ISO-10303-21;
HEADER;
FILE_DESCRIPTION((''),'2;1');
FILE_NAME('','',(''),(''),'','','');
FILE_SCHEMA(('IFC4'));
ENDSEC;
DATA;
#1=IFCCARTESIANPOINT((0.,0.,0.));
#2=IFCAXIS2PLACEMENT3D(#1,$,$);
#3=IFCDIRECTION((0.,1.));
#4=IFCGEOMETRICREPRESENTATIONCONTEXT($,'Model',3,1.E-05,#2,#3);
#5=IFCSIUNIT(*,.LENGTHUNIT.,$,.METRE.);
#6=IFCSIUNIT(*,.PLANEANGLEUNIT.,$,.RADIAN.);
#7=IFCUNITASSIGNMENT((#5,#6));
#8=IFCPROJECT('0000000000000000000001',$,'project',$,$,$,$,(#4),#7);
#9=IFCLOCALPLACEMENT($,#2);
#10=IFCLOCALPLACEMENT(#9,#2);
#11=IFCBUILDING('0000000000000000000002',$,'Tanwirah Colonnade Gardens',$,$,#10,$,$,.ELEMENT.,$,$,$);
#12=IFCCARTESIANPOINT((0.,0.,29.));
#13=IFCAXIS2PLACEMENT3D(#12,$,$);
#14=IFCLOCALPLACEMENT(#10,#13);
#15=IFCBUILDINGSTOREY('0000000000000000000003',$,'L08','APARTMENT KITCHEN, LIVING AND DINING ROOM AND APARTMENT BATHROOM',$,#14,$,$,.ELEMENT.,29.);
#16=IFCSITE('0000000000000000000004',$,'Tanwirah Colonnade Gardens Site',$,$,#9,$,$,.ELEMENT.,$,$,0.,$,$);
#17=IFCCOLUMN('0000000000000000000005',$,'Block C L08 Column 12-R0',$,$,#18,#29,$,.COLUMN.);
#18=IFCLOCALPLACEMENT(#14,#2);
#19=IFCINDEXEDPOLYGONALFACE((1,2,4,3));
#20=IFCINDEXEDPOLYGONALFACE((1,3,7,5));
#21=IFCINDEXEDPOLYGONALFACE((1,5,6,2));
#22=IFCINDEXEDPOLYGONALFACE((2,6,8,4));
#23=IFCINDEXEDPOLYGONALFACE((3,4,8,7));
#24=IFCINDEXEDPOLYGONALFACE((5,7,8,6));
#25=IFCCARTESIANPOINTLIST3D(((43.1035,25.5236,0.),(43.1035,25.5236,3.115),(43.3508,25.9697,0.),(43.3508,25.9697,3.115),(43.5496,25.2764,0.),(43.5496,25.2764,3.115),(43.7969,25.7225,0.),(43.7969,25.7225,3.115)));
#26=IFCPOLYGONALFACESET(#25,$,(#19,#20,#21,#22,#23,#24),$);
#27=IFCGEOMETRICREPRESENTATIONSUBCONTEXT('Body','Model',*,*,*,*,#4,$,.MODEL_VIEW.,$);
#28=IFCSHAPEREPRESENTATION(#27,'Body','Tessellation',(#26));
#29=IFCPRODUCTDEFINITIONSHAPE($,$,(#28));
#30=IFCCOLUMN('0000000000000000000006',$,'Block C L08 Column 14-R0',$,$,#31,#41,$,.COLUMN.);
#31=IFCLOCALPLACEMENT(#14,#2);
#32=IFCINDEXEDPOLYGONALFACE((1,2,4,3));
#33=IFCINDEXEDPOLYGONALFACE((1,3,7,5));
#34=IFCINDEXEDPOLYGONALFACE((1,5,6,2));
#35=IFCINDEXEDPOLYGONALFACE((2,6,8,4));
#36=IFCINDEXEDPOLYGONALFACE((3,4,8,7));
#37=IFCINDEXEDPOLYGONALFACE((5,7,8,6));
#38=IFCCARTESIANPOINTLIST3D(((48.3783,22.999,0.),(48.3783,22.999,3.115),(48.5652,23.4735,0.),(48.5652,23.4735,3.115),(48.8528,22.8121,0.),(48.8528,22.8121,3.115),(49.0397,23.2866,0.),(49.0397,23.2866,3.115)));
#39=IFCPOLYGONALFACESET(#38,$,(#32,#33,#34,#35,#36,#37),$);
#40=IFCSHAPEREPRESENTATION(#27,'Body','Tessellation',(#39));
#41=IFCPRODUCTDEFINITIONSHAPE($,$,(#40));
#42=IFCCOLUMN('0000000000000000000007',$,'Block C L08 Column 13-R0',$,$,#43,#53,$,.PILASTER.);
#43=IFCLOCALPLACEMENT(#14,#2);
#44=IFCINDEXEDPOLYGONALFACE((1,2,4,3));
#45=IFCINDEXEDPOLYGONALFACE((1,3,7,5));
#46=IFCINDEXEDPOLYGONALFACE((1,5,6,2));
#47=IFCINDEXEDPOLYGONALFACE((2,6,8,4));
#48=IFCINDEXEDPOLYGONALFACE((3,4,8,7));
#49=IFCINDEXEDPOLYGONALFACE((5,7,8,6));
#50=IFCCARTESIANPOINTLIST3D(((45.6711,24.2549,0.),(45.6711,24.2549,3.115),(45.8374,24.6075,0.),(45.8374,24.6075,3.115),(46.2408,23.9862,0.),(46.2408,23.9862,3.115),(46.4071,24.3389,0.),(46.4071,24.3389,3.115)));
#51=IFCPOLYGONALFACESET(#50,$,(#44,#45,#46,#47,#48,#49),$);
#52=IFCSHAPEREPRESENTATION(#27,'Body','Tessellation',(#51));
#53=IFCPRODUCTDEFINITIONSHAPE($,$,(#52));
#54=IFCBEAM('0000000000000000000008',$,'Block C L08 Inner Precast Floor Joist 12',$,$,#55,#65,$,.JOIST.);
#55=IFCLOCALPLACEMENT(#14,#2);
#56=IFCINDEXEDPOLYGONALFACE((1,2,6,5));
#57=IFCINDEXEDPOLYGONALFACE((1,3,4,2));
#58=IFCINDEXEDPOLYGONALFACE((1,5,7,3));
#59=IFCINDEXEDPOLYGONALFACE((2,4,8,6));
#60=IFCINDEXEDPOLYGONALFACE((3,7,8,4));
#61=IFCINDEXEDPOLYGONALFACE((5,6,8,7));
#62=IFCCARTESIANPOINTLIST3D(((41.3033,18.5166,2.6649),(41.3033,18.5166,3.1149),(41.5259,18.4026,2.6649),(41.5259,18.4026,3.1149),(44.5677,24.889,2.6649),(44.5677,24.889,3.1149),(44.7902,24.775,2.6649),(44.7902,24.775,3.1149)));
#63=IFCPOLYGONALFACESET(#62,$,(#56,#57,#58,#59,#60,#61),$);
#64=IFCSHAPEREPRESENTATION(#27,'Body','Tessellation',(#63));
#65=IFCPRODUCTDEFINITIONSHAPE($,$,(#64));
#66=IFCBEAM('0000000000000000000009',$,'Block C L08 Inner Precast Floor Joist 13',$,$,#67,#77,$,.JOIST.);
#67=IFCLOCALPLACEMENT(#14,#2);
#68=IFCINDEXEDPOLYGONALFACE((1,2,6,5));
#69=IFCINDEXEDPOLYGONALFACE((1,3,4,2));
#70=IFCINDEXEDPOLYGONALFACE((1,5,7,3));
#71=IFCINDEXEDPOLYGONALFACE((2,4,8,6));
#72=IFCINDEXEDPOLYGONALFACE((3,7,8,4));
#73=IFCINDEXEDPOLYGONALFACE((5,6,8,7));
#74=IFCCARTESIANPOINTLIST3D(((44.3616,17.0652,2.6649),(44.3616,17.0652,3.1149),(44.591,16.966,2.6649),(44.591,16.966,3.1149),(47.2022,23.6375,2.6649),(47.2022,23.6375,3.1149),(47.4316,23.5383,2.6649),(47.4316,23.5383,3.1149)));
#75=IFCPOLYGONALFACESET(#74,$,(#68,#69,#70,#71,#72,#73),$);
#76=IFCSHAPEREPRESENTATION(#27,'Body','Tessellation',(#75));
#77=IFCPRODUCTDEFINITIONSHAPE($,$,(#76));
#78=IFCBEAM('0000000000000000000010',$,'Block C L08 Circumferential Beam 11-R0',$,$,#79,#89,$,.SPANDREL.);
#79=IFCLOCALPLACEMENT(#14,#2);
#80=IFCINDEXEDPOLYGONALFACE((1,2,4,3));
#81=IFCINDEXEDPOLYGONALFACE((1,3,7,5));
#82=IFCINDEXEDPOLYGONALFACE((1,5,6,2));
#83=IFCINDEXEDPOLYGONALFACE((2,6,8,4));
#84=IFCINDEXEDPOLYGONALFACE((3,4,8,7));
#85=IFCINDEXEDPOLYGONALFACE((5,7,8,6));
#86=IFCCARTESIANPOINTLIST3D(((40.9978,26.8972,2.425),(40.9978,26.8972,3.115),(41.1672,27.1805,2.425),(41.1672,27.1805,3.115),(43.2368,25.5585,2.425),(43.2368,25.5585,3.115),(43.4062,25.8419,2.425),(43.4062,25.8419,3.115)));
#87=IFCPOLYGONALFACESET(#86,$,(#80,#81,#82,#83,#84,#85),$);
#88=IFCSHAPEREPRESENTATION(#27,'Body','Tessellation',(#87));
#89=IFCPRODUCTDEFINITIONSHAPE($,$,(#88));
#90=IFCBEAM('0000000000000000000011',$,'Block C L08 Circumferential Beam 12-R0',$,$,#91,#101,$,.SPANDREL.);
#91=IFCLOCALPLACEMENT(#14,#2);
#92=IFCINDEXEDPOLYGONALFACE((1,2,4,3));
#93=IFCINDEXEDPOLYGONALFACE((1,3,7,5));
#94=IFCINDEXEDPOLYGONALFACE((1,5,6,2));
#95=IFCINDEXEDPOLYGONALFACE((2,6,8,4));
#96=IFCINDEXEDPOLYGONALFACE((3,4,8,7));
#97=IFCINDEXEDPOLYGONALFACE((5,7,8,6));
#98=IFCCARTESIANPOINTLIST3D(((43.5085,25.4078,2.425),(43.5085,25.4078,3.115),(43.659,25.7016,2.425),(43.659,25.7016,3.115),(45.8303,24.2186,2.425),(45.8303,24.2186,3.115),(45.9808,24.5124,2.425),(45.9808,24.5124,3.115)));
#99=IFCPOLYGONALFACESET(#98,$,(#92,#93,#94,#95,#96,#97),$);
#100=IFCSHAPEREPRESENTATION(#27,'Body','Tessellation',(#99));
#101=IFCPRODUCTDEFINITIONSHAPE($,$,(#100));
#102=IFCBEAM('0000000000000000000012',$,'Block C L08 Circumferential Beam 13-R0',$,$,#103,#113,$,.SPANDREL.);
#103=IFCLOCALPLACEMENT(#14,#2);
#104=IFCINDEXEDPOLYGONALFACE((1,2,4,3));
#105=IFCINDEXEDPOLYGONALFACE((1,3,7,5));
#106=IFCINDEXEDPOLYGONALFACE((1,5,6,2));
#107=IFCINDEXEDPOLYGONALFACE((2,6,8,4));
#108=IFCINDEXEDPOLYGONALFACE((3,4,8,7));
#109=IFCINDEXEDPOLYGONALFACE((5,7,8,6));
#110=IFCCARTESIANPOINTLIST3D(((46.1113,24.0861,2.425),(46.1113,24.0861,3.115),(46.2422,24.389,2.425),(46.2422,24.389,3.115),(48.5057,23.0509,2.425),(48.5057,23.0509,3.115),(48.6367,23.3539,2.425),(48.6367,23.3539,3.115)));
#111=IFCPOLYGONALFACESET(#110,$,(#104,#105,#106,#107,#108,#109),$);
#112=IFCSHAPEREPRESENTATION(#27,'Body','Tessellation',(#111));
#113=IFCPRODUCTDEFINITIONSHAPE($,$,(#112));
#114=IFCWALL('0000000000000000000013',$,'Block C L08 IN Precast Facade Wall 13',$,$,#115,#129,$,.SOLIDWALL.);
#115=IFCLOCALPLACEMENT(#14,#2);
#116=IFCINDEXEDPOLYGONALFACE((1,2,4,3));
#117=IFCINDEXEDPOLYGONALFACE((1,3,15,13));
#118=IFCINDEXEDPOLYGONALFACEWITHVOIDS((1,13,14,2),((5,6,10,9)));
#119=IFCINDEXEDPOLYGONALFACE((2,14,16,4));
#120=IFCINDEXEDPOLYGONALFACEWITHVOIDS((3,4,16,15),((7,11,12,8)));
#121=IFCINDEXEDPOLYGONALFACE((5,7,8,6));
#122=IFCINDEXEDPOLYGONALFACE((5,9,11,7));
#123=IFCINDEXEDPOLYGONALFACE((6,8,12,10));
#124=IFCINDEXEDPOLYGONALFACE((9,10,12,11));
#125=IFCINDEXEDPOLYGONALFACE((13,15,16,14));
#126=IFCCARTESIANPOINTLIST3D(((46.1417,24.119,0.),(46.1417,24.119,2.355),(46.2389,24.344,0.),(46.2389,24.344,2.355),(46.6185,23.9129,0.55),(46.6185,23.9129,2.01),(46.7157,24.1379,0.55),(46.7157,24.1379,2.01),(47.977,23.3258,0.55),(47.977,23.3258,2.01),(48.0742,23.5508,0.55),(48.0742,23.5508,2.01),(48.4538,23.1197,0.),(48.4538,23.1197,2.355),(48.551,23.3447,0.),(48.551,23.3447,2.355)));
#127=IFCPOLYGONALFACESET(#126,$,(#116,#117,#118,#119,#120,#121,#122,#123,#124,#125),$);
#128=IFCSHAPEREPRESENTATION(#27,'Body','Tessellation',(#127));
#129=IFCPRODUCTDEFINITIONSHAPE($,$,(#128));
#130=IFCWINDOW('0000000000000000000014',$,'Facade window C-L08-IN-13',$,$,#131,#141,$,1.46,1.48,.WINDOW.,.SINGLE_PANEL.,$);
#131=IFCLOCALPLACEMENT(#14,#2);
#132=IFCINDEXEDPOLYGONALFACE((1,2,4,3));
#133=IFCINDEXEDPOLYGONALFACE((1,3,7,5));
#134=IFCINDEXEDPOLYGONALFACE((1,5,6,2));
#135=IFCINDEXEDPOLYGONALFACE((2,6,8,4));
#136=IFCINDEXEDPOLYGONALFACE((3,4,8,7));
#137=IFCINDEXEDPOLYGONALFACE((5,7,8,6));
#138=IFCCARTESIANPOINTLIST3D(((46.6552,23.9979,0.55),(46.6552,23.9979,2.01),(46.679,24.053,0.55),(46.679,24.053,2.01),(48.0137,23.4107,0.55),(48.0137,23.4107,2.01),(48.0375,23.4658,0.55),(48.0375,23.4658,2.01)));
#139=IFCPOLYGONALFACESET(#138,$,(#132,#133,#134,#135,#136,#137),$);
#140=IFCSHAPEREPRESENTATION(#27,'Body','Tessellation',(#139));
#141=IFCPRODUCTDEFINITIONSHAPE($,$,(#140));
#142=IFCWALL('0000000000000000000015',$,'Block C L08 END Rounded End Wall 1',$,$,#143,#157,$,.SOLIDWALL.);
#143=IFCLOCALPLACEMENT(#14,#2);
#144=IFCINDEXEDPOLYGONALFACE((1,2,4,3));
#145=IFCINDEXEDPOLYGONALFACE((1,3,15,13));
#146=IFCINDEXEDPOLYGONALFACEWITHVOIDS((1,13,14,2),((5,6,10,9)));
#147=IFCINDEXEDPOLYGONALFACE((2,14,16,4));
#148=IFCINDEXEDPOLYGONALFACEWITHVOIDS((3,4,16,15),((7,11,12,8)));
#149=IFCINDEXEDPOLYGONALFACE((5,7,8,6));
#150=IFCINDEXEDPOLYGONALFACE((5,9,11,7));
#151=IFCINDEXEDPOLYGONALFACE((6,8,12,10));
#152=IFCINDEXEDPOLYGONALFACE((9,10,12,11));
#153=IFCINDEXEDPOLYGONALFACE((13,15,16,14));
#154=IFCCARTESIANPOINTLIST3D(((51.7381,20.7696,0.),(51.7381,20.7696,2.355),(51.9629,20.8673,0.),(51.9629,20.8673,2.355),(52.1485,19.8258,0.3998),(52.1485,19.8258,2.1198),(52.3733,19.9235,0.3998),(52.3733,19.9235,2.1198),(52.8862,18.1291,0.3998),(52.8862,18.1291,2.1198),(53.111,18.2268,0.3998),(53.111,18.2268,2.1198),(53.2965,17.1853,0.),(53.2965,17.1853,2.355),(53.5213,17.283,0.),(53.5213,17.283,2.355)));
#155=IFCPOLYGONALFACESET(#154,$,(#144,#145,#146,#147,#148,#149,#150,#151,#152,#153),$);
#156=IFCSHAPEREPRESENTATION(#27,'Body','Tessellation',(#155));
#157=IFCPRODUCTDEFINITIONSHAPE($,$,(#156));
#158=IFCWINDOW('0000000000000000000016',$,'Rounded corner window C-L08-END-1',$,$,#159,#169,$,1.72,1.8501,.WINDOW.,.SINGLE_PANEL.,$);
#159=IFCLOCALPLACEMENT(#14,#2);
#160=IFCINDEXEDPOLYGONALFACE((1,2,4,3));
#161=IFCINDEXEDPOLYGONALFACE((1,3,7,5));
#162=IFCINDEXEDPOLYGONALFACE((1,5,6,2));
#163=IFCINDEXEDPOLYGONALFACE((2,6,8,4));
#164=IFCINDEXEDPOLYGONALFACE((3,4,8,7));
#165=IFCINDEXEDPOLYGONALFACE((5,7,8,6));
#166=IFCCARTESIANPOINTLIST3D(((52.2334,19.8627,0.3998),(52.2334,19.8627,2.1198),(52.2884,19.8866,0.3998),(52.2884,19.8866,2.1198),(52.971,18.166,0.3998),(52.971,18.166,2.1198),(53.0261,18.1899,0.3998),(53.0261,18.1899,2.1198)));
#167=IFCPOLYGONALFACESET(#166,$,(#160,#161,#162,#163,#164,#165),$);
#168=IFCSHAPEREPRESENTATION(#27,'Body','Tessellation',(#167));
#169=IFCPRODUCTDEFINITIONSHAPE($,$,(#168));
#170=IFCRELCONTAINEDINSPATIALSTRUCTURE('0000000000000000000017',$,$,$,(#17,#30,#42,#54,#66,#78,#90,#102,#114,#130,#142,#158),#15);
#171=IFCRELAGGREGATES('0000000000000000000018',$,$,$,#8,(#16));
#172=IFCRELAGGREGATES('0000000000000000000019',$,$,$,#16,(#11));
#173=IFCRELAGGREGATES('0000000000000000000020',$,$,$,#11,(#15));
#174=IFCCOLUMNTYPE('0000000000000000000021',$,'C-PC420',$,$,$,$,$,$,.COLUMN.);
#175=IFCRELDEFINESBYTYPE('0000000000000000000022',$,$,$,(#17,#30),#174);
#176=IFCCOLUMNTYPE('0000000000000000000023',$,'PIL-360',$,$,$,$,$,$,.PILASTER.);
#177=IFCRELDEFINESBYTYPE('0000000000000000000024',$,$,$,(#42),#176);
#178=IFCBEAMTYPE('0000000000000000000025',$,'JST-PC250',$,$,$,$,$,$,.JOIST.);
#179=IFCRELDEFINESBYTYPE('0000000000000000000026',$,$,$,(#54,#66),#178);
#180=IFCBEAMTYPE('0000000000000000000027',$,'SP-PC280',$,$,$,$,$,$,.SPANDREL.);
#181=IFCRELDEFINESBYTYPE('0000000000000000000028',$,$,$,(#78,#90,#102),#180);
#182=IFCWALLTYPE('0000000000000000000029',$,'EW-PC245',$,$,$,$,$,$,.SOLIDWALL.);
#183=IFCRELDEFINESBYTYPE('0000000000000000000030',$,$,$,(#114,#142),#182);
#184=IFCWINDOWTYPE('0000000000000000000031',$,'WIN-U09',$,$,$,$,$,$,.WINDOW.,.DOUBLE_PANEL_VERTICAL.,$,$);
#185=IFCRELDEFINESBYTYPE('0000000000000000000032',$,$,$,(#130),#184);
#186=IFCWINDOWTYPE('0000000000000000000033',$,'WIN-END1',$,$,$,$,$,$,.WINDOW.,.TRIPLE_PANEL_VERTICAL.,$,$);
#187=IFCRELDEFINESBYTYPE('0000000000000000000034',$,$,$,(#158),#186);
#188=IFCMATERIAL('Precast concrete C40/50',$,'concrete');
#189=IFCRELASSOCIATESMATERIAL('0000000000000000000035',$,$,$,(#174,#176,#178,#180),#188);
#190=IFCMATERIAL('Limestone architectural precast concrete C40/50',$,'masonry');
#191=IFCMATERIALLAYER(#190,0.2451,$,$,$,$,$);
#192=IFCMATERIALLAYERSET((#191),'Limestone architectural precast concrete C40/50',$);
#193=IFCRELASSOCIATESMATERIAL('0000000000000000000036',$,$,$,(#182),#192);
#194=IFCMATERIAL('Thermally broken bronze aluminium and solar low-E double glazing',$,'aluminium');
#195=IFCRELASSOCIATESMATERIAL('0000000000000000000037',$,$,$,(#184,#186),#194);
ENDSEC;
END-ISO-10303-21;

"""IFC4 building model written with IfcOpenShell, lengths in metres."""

from ifc_helpers import new_model, si_unit, direction, frame, frame_2d, origin, origin_2d, place, context, subcontext, project, spatial, rectangle, extrude, material, layer, layer_set, material_profile, profile_set, type_object, element, fill, save


model = new_model("IFC4")

# Units and contexts
model_context = context("Model", 3, precision=1e-05, world=origin(), true_north=direction((0.0, 1.0)))
body_context = subcontext(model_context, "Body", "Model", "MODEL_VIEW")
ifc_project = project(units=[si_unit("LENGTHUNIT", "METRE"), si_unit("PLANEANGLEUNIT", "RADIAN")], contexts=[model_context])

# Site, building, storey
site_placement = place(None, origin())
site = spatial("IfcSite", under=ifc_project, at=site_placement, Name="Tanwirah Colonnade Gardens Site", CompositionType="ELEMENT", RefElevation=0.0)
building_placement = place(site_placement, origin())
building = spatial("IfcBuilding", under=site, at=building_placement, Name="Tanwirah Colonnade Gardens", CompositionType="ELEMENT")
storey_placement = place(building_placement, frame((0.0, 0.0, 29.0)))
storey = spatial("IfcBuildingStorey", under=building, at=storey_placement, Name="L08", Description="APARTMENT KITCHEN, LIVING AND DINING ROOM AND APARTMENT BATHROOM", CompositionType="ELEMENT", Elevation=29.0)

# Columns
ifc_material_1 = material(Name="Precast concrete C40/50", Category="concrete")
ifc_material_profile_1 = material_profile(ifc_material_1, rectangle(XDim=0.51, YDim=0.51, at=origin_2d()), Name="PC-COL 510x510")
ifc_profile_set_1 = profile_set([ifc_material_profile_1], Name="Precast concrete C40/50")
column_type_1 = type_object("IfcColumnType", Name="C-PC420", PredefinedType="COLUMN", material=ifc_profile_set_1)
for number, where, z_axis, x_axis, name in (
    (1, (43.4502, 25.623, 0.0), (0.0, 0.0, 1.0), (-0.48481, -0.87462, 0.0), "Block C L08 Column 12-R0"),
    (2, (48.709, 23.1428, 0.0), (0.0, 0.0, 1.0), (-0.366501, -0.930418, 0.0), "Block C L08 Column 14-R0"),
):
    element("IfcColumn", number, at=place(storey_placement, frame(where, z_axis=z_axis, x_axis=x_axis)), inside=storey, type_object=column_type_1, Name=name, PredefinedType="COLUMN", context=body_context, shape_type="SweptSolid", body=[
        extrude(rectangle(XDim=0.51, YDim=0.51, at=origin_2d()), origin(), (0.0, 0.0, 1.0), 3.115),
    ])
ifc_material_profile_2 = material_profile(ifc_material_1, rectangle(XDim=0.3899, YDim=0.6299, at=origin_2d()), Name="PC-PIL 390x630")
ifc_profile_set_2 = profile_set([ifc_material_profile_2], Name="Precast concrete C40/50")
column_type_2 = type_object("IfcColumnType", Name="PIL-360", PredefinedType="PILASTER", material=ifc_profile_set_2)
column_placement = place(storey_placement, frame((46.0391, 24.2969, 0.0), z_axis=(0.0, 0.0, 1.0), x_axis=(-0.426569, -0.904455, 0.0)))
element("IfcColumn", 3, at=column_placement, inside=storey, type_object=column_type_2, Name="Block C L08 Column 13-R0", PredefinedType="PILASTER", context=body_context, shape_type="SweptSolid", body=[
    extrude(rectangle(XDim=0.3899, YDim=0.6299, at=origin_2d()), origin(), (0.0, 0.0, 1.0), 3.115),
])

# Beams
ifc_material_profile_3 = material_profile(ifc_material_1, rectangle(XDim=0.25, YDim=0.45, at=origin_2d()), Name="PC-JST 250x450")
ifc_profile_set_3 = profile_set([ifc_material_profile_3], Name="Precast concrete C40/50")
beam_type_1 = type_object("IfcBeamType", Name="JST-PC250", PredefinedType="JOIST", material=ifc_profile_set_3)
for number, where, z_axis, x_axis, name in (
    (4, (44.679, 24.832, 2.8899), (-0.455921, -0.89002, 0.0), (0.89002, -0.455921, 0.0), "Block C L08 Inner Precast Floor Joist 12"),
    (5, (47.3169, 23.5879, 2.8899), (-0.396736, -0.917933, 0.0), (0.917933, -0.396736, 0.0), "Block C L08 Inner Precast Floor Joist 13"),
):
    element("IfcBeam", number, at=place(storey_placement, frame(where, z_axis=z_axis, x_axis=x_axis)), inside=storey, type_object=beam_type_1, Name=name, PredefinedType="JOIST", context=body_context, shape_type="SweptSolid", body=[
        extrude(rectangle(XDim=0.25, YDim=0.45, at=origin_2d()), origin(), (0.0, 0.0, 1.0), 7.1599),
    ])
ifc_material_profile_4 = material_profile(ifc_material_1, rectangle(XDim=0.3301, YDim=0.6899, at=origin_2d()), Name="PC-SP 330x690")
ifc_profile_set_4 = profile_set([ifc_material_profile_4], Name="Precast concrete C40/50")
beam_type_2 = type_object("IfcBeamType", Name="SP-PC280", PredefinedType="SPANDREL", material=ifc_profile_set_4)
for number, where, z_axis, x_axis, name in (
    (6, (41.0825, 27.0388, 2.77), (0.858301, -0.513146, 0.0), (0.513146, 0.858301, 0.0), "Block C L08 Circumferential Beam 11-R0"),
    (7, (43.5837, 25.5547, 2.77), (0.890042, -0.455878, 0.0), (0.455878, 0.890042, 0.0), "Block C L08 Circumferential Beam 12-R0"),
    (8, (46.1768, 24.2375, 2.77), (0.917901, -0.396809, 0.0), (0.396809, 0.917901, 0.0), "Block C L08 Circumferential Beam 13-R0"),
):
    element("IfcBeam", number, at=place(storey_placement, frame(where, z_axis=z_axis, x_axis=x_axis)), inside=storey, type_object=beam_type_2, Name=name, PredefinedType="SPANDREL", context=body_context, shape_type="SweptSolid", body=[
        extrude(rectangle(XDim=0.3301, YDim=0.6899, at=origin_2d()), origin(), (0.0, 0.0, 1.0), 2.6086),
    ])

# Walls, openings, windows
ifc_material_2 = material(Name="Limestone architectural precast concrete C40/50", Category="masonry")
ifc_layer_1 = layer(ifc_material_2, 0.2451)
ifc_layer_set_1 = layer_set([ifc_layer_1], Name="Limestone architectural precast concrete C40/50")
wall_type_1 = type_object("IfcWallType", Name="EW-PC245", PredefinedType="SOLIDWALL", material=ifc_layer_set_1)
wall_1_placement = place(storey_placement, frame((46.1904, 24.2314, 0.0), z_axis=(0.0, 0.0, 1.0), x_axis=(0.917932, -0.396737, 0.0)))
wall_1 = element("IfcWall", 9, at=wall_1_placement, inside=storey, type_object=wall_type_1, Name="Block C L08 IN Precast Facade Wall 13", PredefinedType="SOLIDWALL", context=body_context, shape_type="SweptSolid", body=[
    extrude(rectangle(XDim=2.5188, YDim=0.2451, at=frame_2d((1.2593, 0.0))), origin(), (0.0, 0.0, 1.0), 2.355),
])
opening_1_placement = place(wall_1_placement, frame((0.5193, 0.0, 0.55)))
opening_1 = element("IfcOpeningElement", 10, at=opening_1_placement, cuts=wall_1, PredefinedType="OPENING", context=body_context, shape_type="SweptSolid", body=[
    extrude(rectangle(XDim=1.48, YDim=1.46, at=frame_2d((0.74, 0.73))), frame((0.0, 0.1326, 0.0), z_axis=(0.0, -1.0, 0.0), x_axis=(1.0, 0.0, 0.0)), (0.0, 0.0, 1.0), 0.2651),
])
ifc_material_3 = material(Name="Thermally broken bronze aluminium and solar low-E double glazing", Category="aluminium")
window_type_1 = type_object("IfcWindowType", Name="WIN-U09", PartitioningType="DOUBLE_PANEL_VERTICAL", PredefinedType="WINDOW", material=ifc_material_3)
window_1_placement = place(opening_1_placement, origin())
window_1 = element("IfcWindow", 11, at=window_1_placement, inside=storey, type_object=window_type_1, Name="Facade window C-L08-IN-13", OverallHeight=1.46, OverallWidth=1.48, PartitioningType="SINGLE_PANEL", PredefinedType="WINDOW", context=body_context, shape_type="SweptSolid", body=[
    extrude(rectangle(XDim=1.48, YDim=1.46, at=frame_2d((0.74, 0.73))), frame((0.0, 0.03, 0.0), z_axis=(0.0, -1.0, 0.0), x_axis=(1.0, 0.0, 0.0)), (0.0, 0.0, 1.0), 0.0601),
])
fill(opening_1, window_1)
wall_2_placement = place(storey_placement, frame((51.8506, 20.8184, 0.0), z_axis=(0.0, 0.0, 1.0), x_axis=(0.398724, -0.917071, 0.0)))
wall_2 = element("IfcWall", 12, at=wall_2_placement, inside=storey, type_object=wall_type_1, Name="Block C L08 END Rounded End Wall 1", PredefinedType="SOLIDWALL", context=body_context, shape_type="SweptSolid", body=[
    extrude(rectangle(XDim=3.9084, YDim=0.2451, at=frame_2d((1.9541, 0.0))), origin(), (0.0, 0.0, 1.0), 2.355),
])
opening_2_placement = place(wall_2_placement, frame((1.0291, 0.0, 0.3999)))
opening_2 = element("IfcOpeningElement", 13, at=opening_2_placement, cuts=wall_2, PredefinedType="OPENING", context=body_context, shape_type="SweptSolid", body=[
    extrude(rectangle(XDim=1.8501, YDim=1.72, at=frame_2d((0.925, 0.8599))), frame((0.0, 0.1326, 0.0), z_axis=(0.0, -1.0, 0.0), x_axis=(1.0, 0.0, 0.0)), (0.0, 0.0, 1.0), 0.2651),
])
window_type_2 = type_object("IfcWindowType", Name="WIN-END1", PartitioningType="TRIPLE_PANEL_VERTICAL", PredefinedType="WINDOW", material=ifc_material_3)
window_2_placement = place(opening_2_placement, origin())
window_2 = element("IfcWindow", 14, at=window_2_placement, inside=storey, type_object=window_type_2, Name="Rounded corner window C-L08-END-1", OverallHeight=1.72, OverallWidth=1.8501, PartitioningType="SINGLE_PANEL", PredefinedType="WINDOW", context=body_context, shape_type="SweptSolid", body=[
    extrude(rectangle(XDim=1.8501, YDim=1.72, at=frame_2d((0.925, 0.8599))), frame((0.0, 0.03, 0.0), z_axis=(0.0, -1.0, 0.0), x_axis=(1.0, 0.0, 0.0)), (0.0, 0.0, 1.0), 0.0601),
])
fill(opening_2, window_2)

save(model, "model.ifc")
